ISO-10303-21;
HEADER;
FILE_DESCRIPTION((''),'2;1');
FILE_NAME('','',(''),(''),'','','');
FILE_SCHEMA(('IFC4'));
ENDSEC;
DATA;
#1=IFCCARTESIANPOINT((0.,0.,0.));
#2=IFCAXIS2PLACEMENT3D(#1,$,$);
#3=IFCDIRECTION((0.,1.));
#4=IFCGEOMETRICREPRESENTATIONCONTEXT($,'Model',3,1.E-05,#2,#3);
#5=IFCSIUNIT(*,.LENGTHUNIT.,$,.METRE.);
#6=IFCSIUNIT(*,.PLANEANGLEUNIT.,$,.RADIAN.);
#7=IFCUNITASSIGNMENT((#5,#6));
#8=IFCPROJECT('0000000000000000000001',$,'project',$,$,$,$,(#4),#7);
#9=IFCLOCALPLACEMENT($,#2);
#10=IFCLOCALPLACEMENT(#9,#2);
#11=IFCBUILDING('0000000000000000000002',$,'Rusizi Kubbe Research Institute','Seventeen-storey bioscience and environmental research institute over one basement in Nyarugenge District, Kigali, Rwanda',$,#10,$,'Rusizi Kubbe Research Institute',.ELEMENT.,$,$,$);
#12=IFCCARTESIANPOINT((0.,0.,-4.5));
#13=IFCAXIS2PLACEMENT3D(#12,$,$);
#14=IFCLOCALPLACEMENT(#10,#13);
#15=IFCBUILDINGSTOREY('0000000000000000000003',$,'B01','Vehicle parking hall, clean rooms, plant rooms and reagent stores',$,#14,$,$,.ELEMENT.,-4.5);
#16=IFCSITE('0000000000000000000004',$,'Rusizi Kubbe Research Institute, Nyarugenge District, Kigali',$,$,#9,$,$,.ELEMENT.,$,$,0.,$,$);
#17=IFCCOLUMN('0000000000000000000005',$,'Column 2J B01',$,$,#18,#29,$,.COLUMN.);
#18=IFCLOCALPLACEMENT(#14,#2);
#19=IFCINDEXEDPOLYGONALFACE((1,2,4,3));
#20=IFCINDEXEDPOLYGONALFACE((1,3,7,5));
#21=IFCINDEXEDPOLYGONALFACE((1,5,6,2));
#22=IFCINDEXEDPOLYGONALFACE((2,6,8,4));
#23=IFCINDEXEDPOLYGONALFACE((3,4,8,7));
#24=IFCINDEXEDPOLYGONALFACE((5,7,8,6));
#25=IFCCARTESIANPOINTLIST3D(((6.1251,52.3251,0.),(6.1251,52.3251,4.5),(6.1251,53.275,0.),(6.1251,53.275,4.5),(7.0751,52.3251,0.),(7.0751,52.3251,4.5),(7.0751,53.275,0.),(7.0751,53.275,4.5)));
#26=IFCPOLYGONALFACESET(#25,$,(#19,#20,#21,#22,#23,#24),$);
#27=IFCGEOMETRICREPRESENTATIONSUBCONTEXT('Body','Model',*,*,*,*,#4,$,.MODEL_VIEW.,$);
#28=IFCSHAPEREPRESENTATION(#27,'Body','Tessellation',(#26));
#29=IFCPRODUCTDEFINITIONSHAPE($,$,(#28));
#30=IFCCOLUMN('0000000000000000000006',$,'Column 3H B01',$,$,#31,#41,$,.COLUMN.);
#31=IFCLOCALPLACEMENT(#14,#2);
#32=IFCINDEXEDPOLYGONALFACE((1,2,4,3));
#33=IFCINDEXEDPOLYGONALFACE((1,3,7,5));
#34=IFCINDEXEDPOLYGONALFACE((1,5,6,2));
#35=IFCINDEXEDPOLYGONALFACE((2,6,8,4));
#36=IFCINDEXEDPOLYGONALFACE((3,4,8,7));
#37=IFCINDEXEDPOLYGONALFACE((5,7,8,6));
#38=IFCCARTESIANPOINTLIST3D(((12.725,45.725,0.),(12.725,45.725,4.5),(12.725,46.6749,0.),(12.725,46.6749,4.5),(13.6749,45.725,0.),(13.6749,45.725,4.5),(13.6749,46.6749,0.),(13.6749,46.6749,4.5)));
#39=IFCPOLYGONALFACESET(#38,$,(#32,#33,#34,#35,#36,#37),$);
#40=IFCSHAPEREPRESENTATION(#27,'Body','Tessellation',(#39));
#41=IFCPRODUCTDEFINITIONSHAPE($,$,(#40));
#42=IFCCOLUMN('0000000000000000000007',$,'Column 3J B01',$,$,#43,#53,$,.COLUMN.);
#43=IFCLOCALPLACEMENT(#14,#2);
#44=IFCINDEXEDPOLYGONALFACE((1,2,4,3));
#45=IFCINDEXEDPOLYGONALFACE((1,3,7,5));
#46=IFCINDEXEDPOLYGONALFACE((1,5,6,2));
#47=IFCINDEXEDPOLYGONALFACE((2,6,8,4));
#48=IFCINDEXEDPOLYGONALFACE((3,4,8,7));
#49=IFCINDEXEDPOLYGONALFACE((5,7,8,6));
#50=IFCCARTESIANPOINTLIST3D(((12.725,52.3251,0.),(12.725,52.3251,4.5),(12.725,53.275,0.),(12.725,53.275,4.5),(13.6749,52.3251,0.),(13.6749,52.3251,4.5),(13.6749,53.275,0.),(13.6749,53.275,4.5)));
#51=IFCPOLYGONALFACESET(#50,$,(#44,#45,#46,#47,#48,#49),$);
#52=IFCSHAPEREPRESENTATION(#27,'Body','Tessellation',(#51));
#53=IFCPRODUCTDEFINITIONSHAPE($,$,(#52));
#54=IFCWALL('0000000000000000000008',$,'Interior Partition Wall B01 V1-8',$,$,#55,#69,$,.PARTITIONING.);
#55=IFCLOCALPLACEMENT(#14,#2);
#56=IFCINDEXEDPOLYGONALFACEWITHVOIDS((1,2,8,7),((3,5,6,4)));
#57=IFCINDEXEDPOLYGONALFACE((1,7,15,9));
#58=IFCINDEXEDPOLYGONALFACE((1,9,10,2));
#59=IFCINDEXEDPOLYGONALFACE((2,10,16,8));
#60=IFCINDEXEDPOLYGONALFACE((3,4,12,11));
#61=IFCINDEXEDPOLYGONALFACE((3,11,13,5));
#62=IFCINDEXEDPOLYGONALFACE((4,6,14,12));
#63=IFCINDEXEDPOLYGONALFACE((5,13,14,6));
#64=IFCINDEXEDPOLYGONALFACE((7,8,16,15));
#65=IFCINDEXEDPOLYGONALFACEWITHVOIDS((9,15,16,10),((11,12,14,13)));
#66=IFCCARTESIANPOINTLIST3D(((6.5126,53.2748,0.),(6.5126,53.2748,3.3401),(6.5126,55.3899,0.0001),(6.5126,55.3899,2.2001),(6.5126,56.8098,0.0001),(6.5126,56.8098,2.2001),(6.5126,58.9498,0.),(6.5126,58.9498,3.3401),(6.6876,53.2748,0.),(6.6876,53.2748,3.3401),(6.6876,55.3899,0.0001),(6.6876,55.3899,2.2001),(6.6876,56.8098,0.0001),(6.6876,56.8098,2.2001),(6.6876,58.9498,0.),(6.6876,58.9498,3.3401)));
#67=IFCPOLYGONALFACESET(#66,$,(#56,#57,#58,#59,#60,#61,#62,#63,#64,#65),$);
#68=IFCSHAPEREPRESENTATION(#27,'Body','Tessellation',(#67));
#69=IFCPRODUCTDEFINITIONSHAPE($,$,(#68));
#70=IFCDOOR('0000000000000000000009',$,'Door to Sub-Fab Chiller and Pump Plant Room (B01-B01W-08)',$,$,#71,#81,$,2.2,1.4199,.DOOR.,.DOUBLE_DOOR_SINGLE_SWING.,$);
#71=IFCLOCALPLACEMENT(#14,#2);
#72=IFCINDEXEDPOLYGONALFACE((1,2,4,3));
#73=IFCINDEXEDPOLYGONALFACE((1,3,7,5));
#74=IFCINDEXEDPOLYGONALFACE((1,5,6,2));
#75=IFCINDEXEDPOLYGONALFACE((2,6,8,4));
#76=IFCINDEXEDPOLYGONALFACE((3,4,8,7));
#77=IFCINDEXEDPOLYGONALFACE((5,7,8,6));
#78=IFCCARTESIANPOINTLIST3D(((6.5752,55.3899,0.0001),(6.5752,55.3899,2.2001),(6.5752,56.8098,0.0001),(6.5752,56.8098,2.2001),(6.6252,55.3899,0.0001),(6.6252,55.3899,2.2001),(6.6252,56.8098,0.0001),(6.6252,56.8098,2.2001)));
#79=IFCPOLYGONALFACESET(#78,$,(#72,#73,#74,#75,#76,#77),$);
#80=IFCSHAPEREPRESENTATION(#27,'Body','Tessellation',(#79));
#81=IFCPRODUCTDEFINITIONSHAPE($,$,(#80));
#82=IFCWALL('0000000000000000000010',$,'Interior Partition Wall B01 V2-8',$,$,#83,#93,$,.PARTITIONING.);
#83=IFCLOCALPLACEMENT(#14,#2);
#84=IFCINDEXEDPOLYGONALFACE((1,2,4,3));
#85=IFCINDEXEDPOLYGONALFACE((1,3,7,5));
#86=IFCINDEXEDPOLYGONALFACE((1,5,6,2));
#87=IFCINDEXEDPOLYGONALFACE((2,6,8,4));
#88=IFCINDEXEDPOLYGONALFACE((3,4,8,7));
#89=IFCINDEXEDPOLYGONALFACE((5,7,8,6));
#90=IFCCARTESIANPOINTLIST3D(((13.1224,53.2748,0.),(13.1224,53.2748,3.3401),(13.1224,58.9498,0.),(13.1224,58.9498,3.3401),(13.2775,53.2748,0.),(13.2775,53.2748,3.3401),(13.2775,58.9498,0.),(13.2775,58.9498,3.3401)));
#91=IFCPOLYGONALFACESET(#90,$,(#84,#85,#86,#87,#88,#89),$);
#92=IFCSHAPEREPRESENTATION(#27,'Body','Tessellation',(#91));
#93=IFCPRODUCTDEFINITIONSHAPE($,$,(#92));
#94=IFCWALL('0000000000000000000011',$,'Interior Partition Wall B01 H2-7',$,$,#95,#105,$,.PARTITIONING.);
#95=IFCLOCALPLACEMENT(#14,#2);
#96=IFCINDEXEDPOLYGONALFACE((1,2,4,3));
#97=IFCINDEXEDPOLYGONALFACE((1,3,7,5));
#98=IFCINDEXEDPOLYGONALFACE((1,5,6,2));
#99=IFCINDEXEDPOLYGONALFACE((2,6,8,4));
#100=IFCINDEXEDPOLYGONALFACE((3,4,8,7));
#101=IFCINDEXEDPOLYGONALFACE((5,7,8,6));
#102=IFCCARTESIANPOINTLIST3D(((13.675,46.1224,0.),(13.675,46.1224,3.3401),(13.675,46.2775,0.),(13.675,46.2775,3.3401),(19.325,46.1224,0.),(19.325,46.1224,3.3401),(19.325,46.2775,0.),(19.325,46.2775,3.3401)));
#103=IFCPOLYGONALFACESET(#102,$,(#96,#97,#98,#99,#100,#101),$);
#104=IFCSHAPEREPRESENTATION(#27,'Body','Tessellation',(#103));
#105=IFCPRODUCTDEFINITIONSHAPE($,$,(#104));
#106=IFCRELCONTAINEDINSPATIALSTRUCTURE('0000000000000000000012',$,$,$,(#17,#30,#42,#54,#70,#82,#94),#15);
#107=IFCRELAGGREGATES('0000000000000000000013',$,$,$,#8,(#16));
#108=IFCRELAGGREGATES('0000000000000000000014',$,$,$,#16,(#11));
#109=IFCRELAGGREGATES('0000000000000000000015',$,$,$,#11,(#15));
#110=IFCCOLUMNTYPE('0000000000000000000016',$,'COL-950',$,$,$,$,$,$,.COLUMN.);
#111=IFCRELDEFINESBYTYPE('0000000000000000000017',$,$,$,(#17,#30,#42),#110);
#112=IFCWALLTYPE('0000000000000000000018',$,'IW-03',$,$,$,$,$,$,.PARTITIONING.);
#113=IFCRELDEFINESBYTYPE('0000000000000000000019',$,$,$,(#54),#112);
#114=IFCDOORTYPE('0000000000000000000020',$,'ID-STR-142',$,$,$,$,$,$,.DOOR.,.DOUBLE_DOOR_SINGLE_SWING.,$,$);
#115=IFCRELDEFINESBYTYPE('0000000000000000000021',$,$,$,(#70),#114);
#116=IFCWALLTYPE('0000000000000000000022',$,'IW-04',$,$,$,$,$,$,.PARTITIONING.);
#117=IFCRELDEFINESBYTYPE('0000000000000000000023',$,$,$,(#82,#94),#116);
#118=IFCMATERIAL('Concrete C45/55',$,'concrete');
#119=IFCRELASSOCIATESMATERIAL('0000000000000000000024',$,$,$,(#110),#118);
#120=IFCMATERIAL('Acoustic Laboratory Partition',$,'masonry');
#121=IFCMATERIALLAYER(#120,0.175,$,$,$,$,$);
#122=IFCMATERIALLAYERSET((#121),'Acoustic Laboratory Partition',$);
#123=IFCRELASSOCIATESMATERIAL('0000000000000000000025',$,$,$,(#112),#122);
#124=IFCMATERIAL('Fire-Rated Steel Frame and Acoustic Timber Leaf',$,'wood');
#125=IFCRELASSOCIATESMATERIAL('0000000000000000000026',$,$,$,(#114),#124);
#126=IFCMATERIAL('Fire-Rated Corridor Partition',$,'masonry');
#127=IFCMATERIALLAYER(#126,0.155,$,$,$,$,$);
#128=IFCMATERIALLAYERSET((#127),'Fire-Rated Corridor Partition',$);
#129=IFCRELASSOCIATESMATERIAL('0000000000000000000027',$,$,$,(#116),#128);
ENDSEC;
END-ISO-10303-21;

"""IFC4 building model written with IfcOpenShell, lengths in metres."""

from ifc_helpers import new_model, si_unit, direction, frame, frame_2d, origin, origin_2d, place, context, subcontext, project, spatial, rectangle, extrude, material, layer, layer_set, material_profile, profile_set, type_object, element, fill, save


model = new_model("IFC4")

# Units and contexts
model_context = context("Model", 3, precision=1e-05, world=origin(), true_north=direction((0.0, 1.0)))
body_context = subcontext(model_context, "Body", "Model", "MODEL_VIEW")
ifc_project = project(units=[si_unit("LENGTHUNIT", "METRE"), si_unit("PLANEANGLEUNIT", "RADIAN")], contexts=[model_context])

# Site, building, storey
site_placement = place(None, origin())
site = spatial("IfcSite", under=ifc_project, at=site_placement, Name="Rusizi Kubbe Research Institute, Nyarugenge District, Kigali", CompositionType="ELEMENT", RefElevation=0.0)
building_placement = place(site_placement, origin())
building = spatial("IfcBuilding", under=site, at=building_placement, Name="Rusizi Kubbe Research Institute", Description="Seventeen-storey bioscience and environmental research institute over one basement in Nyarugenge District, Kigali, Rwanda", LongName="Rusizi Kubbe Research Institute", CompositionType="ELEMENT")
storey_placement = place(building_placement, frame((0.0, 0.0, -4.5)))
storey = spatial("IfcBuildingStorey", under=building, at=storey_placement, Name="B01", Description="Vehicle parking hall, clean rooms, plant rooms and reagent stores", CompositionType="ELEMENT", Elevation=-4.5)

# Columns
ifc_material_1 = material(Name="Concrete C45/55", Category="concrete")
ifc_material_profile_1 = material_profile(ifc_material_1, rectangle(XDim=0.95, YDim=0.95, at=origin_2d()), Name="RC950x950")
ifc_profile_set_1 = profile_set([ifc_material_profile_1], Name="Concrete C45/55")
column_type = type_object("IfcColumnType", Name="COL-950", PredefinedType="COLUMN", material=ifc_profile_set_1)
for number, where, z_axis, x_axis, name in (
    (1, (6.6001, 52.8, 0.0), (0.0, 0.0, 1.0), (1.0, 0.0, 0.0), "Column 2J B01"),
    (2, (13.2, 46.2, 0.0), (0.0, 0.0, 1.0), (1.0, 0.0, 0.0), "Column 3H B01"),
    (3, (13.2, 52.8, 0.0), (0.0, 0.0, 1.0), (1.0, 0.0, 0.0), "Column 3J B01"),
):
    element("IfcColumn", number, at=place(storey_placement, frame(where, z_axis=z_axis, x_axis=x_axis)), inside=storey, type_object=column_type, Name=name, PredefinedType="COLUMN", context=body_context, shape_type="SweptSolid", body=[
        extrude(rectangle(XDim=0.95, YDim=0.95, at=origin_2d()), origin(), (0.0, 0.0, 1.0), 4.5),
    ])

# Wall, opening, door
ifc_material_2 = material(Name="Acoustic Laboratory Partition", Category="masonry")
ifc_layer_1 = layer(ifc_material_2, 0.175)
ifc_layer_set_1 = layer_set([ifc_layer_1], Name="Acoustic Laboratory Partition")
wall_type_1 = type_object("IfcWallType", Name="IW-03", PredefinedType="PARTITIONING", material=ifc_layer_set_1)
wall_1_placement = place(storey_placement, frame((6.6001, 53.2749, 0.0), z_axis=(0.0, 0.0, 1.0), x_axis=(0.0, 1.0, 0.0)))
wall_1 = element("IfcWall", 4, at=wall_1_placement, inside=storey, type_object=wall_type_1, Name="Interior Partition Wall B01 V1-8", PredefinedType="PARTITIONING", context=body_context, shape_type="SweptSolid", body=[
    extrude(rectangle(XDim=5.675, YDim=0.175, at=frame_2d((2.8374, 0.0))), origin(), (0.0, 0.0, 1.0), 3.3401),
])
opening_1_placement = place(wall_1_placement, frame((2.115, 0.0, 0.0)))
opening_1 = element("IfcOpeningElement", 5, at=opening_1_placement, cuts=wall_1, PredefinedType="OPENING", context=body_context, shape_type="SweptSolid", body=[
    extrude(rectangle(XDim=1.4199, YDim=2.2, at=frame_2d((0.71, 1.1001))), frame((0.0, 0.0974, 0.0), z_axis=(0.0, -1.0, 0.0), x_axis=(1.0, 0.0, 0.0)), (0.0, 0.0, 1.0), 0.1951),
])
ifc_material_3 = material(Name="Fire-Rated Steel Frame and Acoustic Timber Leaf", Category="wood")
door_type_1 = type_object("IfcDoorType", Name="ID-STR-142", OperationType="DOUBLE_DOOR_SINGLE_SWING", PredefinedType="DOOR", material=ifc_material_3)
door_1_placement = place(opening_1_placement, origin())
door_1 = element("IfcDoor", 6, at=door_1_placement, inside=storey, type_object=door_type_1, Name="Door to Sub-Fab Chiller and Pump Plant Room (B01-B01W-08)", OperationType="DOUBLE_DOOR_SINGLE_SWING", OverallHeight=2.2, OverallWidth=1.4199, PredefinedType="DOOR", context=body_context, shape_type="SweptSolid", body=[
    extrude(rectangle(XDim=1.4199, YDim=2.2, at=frame_2d((0.71, 1.1001))), frame((0.0, 0.0249, 0.0), z_axis=(0.0, -1.0, 0.0), x_axis=(1.0, 0.0, 0.0)), (0.0, 0.0, 1.0), 0.05),
])
fill(opening_1, door_1)

# Walls
ifc_material_4 = material(Name="Fire-Rated Corridor Partition", Category="masonry")
ifc_layer_2 = layer(ifc_material_4, 0.155)
ifc_layer_set_2 = layer_set([ifc_layer_2], Name="Fire-Rated Corridor Partition")
wall_type_2 = type_object("IfcWallType", Name="IW-04", PredefinedType="PARTITIONING", material=ifc_layer_set_2)
wall_2_placement = place(storey_placement, frame((13.2, 53.2749, 0.0), z_axis=(0.0, 0.0, 1.0), x_axis=(0.0, 1.0, 0.0)))
element("IfcWall", 7, at=wall_2_placement, inside=storey, type_object=wall_type_2, Name="Interior Partition Wall B01 V2-8", PredefinedType="PARTITIONING", context=body_context, shape_type="SweptSolid", body=[
    extrude(rectangle(XDim=5.675, YDim=0.155, at=frame_2d((2.8374, 0.0))), origin(), (0.0, 0.0, 1.0), 3.3401),
])
wall_3_placement = place(storey_placement, frame((13.675, 46.2, 0.0), z_axis=(0.0, 0.0, 1.0), x_axis=(1.0, 0.0, 0.0)))
element("IfcWall", 8, at=wall_3_placement, inside=storey, type_object=wall_type_2, Name="Interior Partition Wall B01 H2-7", PredefinedType="PARTITIONING", context=body_context, shape_type="SweptSolid", body=[
    extrude(rectangle(XDim=5.6499, YDim=0.155, at=frame_2d((2.825, 0.0))), origin(), (0.0, 0.0, 1.0), 3.3401),
])

save(model, "model.ifc")
